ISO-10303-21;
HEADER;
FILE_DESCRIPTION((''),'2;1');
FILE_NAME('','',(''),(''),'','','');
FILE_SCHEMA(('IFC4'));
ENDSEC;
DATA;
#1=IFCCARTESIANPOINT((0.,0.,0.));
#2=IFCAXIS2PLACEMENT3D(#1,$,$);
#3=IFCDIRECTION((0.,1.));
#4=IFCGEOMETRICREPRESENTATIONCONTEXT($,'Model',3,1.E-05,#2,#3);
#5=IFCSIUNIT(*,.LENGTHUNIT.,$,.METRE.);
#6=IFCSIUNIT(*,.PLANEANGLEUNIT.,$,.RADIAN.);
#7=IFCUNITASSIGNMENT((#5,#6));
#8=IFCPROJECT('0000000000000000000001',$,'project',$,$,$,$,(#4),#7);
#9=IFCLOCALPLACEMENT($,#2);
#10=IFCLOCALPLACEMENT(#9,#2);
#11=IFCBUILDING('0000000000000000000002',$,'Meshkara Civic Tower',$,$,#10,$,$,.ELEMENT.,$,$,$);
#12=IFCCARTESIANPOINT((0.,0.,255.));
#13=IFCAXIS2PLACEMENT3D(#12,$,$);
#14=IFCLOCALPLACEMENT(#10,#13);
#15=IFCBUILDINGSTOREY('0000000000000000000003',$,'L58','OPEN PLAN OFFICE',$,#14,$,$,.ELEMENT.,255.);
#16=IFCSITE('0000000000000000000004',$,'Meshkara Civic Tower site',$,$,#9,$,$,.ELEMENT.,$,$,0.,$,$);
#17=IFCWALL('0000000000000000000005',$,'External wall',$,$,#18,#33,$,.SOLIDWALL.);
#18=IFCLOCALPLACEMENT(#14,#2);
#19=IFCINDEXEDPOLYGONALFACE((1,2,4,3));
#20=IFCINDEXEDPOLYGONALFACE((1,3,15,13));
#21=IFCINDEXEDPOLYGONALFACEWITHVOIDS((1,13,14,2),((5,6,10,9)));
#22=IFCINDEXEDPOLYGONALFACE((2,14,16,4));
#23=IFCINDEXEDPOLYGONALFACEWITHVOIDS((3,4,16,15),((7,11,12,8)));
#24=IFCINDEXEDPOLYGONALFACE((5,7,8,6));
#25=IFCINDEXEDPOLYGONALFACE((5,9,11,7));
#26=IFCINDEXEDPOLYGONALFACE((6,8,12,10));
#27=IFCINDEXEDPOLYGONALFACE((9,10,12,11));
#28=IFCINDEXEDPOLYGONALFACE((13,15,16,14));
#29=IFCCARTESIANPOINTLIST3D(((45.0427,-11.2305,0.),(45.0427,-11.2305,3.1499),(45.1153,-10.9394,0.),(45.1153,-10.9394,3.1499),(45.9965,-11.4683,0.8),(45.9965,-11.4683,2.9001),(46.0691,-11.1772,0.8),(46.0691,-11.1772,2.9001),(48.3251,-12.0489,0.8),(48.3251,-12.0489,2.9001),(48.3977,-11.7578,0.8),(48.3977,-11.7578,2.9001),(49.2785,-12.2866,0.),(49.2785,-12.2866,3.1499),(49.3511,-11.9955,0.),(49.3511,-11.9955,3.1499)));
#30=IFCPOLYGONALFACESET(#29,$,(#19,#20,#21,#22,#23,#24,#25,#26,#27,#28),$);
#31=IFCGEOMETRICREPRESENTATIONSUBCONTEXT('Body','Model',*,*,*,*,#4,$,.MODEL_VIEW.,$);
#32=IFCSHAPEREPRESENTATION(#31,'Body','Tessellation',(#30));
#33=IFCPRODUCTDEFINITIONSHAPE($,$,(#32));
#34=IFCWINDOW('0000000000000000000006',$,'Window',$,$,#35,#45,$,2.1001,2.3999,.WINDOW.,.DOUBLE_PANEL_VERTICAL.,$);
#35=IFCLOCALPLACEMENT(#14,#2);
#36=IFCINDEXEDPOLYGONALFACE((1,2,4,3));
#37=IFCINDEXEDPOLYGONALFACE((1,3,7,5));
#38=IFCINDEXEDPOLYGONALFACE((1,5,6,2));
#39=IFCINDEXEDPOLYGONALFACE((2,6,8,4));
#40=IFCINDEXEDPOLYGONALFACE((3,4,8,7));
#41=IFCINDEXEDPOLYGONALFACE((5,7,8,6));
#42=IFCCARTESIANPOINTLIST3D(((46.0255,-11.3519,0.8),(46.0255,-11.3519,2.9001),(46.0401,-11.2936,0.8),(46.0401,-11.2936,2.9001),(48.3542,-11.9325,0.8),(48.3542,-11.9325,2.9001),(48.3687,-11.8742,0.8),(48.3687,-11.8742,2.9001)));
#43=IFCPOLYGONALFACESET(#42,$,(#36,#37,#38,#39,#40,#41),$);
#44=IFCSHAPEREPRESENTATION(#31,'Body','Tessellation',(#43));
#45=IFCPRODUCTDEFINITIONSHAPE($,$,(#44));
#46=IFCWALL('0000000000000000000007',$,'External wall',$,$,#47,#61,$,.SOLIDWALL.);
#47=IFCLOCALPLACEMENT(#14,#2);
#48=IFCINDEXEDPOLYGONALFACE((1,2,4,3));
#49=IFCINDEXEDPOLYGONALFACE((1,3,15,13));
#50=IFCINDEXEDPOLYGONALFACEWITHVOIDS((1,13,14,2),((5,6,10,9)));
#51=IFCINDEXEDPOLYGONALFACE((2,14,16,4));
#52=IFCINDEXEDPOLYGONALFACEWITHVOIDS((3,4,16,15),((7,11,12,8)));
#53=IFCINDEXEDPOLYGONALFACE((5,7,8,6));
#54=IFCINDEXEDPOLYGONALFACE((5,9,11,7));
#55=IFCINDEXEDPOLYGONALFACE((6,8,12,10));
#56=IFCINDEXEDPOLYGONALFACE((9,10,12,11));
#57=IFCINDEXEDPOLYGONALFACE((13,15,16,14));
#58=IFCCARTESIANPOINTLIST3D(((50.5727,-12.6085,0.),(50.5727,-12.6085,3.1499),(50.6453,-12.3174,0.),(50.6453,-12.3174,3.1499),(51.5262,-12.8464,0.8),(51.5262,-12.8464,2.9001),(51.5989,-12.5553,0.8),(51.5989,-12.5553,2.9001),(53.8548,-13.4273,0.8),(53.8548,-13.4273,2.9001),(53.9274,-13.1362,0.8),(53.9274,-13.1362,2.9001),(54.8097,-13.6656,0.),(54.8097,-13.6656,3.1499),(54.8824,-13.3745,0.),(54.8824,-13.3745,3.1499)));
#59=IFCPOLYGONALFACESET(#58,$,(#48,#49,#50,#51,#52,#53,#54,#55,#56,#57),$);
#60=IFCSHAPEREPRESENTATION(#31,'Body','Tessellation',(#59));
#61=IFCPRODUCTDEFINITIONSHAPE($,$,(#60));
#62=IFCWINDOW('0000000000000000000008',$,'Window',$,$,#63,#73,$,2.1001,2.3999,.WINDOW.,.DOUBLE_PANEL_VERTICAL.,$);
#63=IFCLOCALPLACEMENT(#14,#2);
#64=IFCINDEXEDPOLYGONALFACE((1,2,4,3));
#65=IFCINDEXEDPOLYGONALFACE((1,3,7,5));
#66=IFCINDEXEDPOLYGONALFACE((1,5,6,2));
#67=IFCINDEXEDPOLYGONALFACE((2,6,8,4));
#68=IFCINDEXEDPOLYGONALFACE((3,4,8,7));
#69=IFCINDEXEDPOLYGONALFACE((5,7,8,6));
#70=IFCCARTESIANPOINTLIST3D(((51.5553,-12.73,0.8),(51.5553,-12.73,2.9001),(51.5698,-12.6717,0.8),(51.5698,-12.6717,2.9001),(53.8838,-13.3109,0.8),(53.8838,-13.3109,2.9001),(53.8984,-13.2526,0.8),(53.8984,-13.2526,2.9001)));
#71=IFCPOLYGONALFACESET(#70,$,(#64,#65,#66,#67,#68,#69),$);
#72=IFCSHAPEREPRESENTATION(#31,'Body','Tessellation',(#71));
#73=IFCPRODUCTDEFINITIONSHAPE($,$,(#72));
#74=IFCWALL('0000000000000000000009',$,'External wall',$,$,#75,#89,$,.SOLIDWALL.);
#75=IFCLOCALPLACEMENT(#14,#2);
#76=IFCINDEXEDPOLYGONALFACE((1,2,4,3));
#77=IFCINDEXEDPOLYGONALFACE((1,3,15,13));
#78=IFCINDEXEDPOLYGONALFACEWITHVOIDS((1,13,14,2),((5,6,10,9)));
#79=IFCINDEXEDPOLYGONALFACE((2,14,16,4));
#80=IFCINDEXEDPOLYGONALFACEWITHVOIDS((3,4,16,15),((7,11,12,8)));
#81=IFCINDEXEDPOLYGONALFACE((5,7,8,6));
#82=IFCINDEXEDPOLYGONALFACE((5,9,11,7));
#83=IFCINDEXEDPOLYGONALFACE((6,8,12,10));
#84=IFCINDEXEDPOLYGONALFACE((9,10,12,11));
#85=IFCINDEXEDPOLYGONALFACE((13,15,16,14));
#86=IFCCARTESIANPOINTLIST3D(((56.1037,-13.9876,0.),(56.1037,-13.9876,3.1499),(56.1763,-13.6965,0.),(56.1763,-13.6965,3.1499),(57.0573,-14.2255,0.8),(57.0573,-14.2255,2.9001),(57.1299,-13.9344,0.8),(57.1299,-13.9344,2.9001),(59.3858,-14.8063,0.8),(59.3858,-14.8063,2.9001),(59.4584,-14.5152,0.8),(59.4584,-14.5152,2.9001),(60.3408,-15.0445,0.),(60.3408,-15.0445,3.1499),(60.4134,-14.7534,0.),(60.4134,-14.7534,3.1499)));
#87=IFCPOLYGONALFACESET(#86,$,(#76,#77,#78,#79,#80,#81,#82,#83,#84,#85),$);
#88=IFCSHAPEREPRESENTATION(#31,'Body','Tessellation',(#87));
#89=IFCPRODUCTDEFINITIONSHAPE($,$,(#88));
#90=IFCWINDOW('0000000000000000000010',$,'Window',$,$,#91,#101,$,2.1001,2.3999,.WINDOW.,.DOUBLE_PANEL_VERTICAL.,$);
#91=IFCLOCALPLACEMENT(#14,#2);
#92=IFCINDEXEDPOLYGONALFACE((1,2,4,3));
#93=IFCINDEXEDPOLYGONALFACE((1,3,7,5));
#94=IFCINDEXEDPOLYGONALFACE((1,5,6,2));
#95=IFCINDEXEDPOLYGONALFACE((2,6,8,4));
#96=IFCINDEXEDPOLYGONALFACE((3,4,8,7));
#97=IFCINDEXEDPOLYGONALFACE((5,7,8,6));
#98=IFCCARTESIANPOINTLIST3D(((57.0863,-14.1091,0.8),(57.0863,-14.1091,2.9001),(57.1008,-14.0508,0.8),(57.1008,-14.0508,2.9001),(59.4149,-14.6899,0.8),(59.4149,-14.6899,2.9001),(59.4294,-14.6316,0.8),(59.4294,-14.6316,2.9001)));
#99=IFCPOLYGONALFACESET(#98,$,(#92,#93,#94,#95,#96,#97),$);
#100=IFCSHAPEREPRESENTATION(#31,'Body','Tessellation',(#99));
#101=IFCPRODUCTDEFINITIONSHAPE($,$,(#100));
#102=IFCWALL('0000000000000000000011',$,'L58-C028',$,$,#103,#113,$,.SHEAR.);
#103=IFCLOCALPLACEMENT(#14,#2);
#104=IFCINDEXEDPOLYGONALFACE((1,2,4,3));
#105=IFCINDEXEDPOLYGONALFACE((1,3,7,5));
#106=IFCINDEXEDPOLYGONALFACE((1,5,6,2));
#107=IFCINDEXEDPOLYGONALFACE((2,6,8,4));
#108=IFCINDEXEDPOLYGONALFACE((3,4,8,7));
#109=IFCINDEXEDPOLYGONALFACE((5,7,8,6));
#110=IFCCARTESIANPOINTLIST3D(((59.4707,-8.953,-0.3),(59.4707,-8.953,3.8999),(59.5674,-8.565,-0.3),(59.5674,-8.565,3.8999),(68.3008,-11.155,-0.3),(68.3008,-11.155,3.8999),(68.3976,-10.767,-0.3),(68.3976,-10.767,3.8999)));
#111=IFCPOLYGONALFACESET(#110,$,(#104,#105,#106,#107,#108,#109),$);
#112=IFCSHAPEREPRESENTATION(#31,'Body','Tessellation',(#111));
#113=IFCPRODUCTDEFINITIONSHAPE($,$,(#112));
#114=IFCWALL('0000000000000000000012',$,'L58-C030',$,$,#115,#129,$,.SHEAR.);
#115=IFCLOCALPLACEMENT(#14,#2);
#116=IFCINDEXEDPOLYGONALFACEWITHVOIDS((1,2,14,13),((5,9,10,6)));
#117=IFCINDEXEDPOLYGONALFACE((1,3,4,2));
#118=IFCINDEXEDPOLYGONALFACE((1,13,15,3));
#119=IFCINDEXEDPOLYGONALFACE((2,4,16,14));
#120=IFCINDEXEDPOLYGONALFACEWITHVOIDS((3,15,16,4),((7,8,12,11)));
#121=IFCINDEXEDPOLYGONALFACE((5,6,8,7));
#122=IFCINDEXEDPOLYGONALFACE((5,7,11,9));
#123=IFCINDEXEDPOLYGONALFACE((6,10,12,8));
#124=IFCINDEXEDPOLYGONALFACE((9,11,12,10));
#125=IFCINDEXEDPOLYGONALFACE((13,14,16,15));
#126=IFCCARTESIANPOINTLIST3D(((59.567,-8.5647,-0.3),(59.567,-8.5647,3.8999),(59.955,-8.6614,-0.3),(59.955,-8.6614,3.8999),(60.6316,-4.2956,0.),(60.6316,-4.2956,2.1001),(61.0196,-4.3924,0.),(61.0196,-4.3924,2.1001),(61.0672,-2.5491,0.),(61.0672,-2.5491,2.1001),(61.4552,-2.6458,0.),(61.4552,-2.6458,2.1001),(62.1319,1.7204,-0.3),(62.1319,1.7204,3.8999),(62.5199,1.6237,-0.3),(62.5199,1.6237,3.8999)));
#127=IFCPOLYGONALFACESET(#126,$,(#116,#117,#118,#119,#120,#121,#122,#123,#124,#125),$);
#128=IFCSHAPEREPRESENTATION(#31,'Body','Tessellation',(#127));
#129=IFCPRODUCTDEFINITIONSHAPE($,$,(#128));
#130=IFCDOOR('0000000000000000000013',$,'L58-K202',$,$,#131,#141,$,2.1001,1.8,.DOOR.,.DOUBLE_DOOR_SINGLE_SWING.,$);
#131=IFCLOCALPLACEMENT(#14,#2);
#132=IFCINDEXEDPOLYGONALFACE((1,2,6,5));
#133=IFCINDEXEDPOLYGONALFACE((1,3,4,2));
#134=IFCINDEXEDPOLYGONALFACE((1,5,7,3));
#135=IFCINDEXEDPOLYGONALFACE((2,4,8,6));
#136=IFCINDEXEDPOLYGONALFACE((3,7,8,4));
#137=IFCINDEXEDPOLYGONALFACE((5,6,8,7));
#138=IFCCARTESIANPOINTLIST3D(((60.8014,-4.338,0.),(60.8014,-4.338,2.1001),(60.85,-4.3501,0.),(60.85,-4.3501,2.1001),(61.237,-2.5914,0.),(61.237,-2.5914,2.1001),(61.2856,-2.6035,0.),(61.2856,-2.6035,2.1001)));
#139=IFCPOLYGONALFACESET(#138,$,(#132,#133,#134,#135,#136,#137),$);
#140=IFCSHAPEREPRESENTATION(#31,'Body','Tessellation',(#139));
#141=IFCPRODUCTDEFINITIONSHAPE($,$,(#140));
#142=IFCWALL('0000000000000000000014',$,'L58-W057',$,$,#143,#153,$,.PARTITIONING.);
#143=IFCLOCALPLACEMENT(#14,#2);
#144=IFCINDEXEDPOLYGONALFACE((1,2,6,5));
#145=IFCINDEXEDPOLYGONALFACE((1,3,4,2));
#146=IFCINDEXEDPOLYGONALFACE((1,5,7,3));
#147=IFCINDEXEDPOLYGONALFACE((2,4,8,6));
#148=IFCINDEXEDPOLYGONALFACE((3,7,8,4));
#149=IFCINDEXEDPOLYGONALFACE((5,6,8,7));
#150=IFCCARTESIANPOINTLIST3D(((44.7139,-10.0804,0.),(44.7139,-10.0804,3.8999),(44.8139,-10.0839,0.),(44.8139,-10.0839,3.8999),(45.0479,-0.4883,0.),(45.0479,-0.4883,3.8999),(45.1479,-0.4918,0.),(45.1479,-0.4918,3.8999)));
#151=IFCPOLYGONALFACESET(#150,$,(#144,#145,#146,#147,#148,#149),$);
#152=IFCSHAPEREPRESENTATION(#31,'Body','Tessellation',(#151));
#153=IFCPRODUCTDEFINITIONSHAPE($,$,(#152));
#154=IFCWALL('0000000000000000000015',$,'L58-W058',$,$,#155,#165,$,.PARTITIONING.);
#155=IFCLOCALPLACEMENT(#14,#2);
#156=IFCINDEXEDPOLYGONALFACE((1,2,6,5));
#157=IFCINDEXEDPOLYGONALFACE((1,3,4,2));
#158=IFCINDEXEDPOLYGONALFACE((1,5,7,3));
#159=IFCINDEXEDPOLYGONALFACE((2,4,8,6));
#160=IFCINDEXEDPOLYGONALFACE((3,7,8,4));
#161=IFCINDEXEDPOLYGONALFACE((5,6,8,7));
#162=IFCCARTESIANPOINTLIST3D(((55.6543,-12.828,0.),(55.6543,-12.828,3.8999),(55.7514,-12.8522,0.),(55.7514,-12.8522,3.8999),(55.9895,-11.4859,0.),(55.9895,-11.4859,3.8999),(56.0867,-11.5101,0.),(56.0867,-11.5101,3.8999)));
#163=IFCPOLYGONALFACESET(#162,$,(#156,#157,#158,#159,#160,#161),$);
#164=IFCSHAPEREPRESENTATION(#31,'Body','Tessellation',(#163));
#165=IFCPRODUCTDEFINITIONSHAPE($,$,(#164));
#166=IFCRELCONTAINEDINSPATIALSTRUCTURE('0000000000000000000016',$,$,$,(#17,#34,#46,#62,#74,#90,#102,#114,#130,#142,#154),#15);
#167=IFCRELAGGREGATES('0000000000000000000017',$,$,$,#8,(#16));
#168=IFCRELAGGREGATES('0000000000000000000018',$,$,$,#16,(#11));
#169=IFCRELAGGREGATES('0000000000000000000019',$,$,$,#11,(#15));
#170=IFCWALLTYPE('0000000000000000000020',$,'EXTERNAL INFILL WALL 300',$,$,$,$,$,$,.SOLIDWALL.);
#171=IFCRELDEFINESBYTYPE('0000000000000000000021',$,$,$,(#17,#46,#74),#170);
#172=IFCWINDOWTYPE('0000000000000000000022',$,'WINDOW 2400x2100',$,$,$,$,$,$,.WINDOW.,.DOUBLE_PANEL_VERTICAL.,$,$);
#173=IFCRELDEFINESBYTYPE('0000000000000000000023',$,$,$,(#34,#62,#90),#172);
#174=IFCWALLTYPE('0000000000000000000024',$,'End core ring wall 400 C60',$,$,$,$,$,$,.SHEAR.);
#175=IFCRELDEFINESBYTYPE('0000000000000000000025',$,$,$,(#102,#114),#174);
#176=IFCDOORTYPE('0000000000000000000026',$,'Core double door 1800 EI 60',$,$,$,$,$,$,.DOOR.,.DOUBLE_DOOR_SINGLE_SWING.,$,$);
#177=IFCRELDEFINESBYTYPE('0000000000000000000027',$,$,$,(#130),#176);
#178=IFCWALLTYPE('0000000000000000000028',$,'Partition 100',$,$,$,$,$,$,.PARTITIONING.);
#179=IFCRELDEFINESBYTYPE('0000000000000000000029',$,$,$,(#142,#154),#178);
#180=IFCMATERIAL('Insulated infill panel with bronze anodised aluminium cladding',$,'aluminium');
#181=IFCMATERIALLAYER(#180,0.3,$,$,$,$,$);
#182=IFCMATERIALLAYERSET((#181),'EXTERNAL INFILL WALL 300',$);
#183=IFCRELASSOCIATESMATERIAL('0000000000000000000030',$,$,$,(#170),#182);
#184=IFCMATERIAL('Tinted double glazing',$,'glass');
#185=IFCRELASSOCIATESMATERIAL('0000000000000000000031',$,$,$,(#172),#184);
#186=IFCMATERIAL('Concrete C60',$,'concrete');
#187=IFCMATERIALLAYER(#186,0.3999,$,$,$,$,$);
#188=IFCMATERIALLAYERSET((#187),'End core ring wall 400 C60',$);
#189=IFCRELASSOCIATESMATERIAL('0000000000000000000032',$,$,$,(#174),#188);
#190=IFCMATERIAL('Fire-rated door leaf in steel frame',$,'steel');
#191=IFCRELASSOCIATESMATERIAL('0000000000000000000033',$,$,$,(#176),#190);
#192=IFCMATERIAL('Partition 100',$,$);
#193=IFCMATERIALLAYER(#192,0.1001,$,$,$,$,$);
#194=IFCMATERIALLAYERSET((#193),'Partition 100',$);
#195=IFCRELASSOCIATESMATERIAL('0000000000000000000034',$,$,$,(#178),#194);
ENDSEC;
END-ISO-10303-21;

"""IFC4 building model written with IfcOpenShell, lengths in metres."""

from ifc_helpers import new_model, si_unit, direction, frame, frame_2d, origin, place, context, subcontext, project, spatial, rectangle, extrude, material, layer, layer_set, type_object, element, fill, save


model = new_model("IFC4")

# Units and contexts
model_context = context("Model", 3, precision=1e-05, world=origin(), true_north=direction((0.0, 1.0)))
body_context = subcontext(model_context, "Body", "Model", "MODEL_VIEW")
ifc_project = project(units=[si_unit("LENGTHUNIT", "METRE"), si_unit("PLANEANGLEUNIT", "RADIAN")], contexts=[model_context])

# Site, building, storey
site_placement = place(None, origin())
site = spatial("IfcSite", under=ifc_project, at=site_placement, Name="Meshkara Civic Tower site", CompositionType="ELEMENT", RefElevation=0.0)
building_placement = place(site_placement, origin())
building = spatial("IfcBuilding", under=site, at=building_placement, Name="Meshkara Civic Tower", CompositionType="ELEMENT")
storey_placement = place(building_placement, frame((0.0, 0.0, 255.0)))
storey = spatial("IfcBuildingStorey", under=building, at=storey_placement, Name="L58", Description="OPEN PLAN OFFICE", CompositionType="ELEMENT", Elevation=255.0)

# Walls, openings, windows
ifc_material_1 = material(Name="Insulated infill panel with bronze anodised aluminium cladding", Category="aluminium")
ifc_layer_1 = layer(ifc_material_1, 0.3)
ifc_layer_set_1 = layer_set([ifc_layer_1], Name="EXTERNAL INFILL WALL 300")
wall_type_1 = type_object("IfcWallType", Name="EXTERNAL INFILL WALL 300", PredefinedType="SOLIDWALL", material=ifc_layer_set_1)
wall_1_placement = place(storey_placement, frame((45.0791, -11.085, 0.0), z_axis=(0.0, 0.0, 1.0), x_axis=(0.970294, -0.24193, 0.0)))
wall_1 = element("IfcWall", 1, at=wall_1_placement, inside=storey, type_object=wall_type_1, Name="External wall", PredefinedType="SOLIDWALL", context=body_context, shape_type="SweptSolid", body=[
    extrude(rectangle(XDim=4.3655, YDim=0.3, at=frame_2d((2.1826, 0.0))), origin(), (0.0, 0.0, 1.0), 3.1499),
])
opening_1_placement = place(wall_1_placement, frame((0.9829, 0.0, 0.8)))
opening_1 = element("IfcOpeningElement", 2, at=opening_1_placement, cuts=wall_1, PredefinedType="OPENING", context=body_context, shape_type="SweptSolid", body=[
    extrude(rectangle(XDim=2.3999, YDim=2.1001, at=frame_2d((1.2, 1.05))), frame((0.0, 0.1599, 0.0), z_axis=(0.0, -1.0, 0.0), x_axis=(1.0, 0.0, 0.0)), (0.0, 0.0, 1.0), 0.3201),
])
ifc_material_2 = material(Name="Tinted double glazing", Category="glass")
window_type = type_object("IfcWindowType", Name="WINDOW 2400x2100", PartitioningType="DOUBLE_PANEL_VERTICAL", PredefinedType="WINDOW", material=ifc_material_2)
window_1_placement = place(opening_1_placement, origin())
window_1 = element("IfcWindow", 3, at=window_1_placement, inside=storey, type_object=window_type, Name="Window", OverallHeight=2.1001, OverallWidth=2.3999, PartitioningType="DOUBLE_PANEL_VERTICAL", PredefinedType="WINDOW", context=body_context, shape_type="SweptSolid", body=[
    extrude(rectangle(XDim=2.3999, YDim=2.1001, at=frame_2d((1.2, 1.05))), frame((0.0, 0.03, 0.0), z_axis=(0.0, -1.0, 0.0), x_axis=(1.0, 0.0, 0.0)), (0.0, 0.0, 1.0), 0.0601),
])
fill(opening_1, window_1)
wall_2_placement = place(storey_placement, frame((50.6089, -12.4629, 0.0), z_axis=(0.0, 0.0, 1.0), x_axis=(0.970257, -0.242075, 0.0)))
wall_2 = element("IfcWall", 4, at=wall_2_placement, inside=storey, type_object=wall_type_1, Name="External wall", PredefinedType="SOLIDWALL", context=body_context, shape_type="SweptSolid", body=[
    extrude(rectangle(XDim=4.3669, YDim=0.3, at=frame_2d((2.1836, 0.0))), origin(), (0.0, 0.0, 1.0), 3.1499),
])
opening_2_placement = place(wall_2_placement, frame((0.9829, 0.0, 0.8)))
opening_2 = element("IfcOpeningElement", 5, at=opening_2_placement, cuts=wall_2, PredefinedType="OPENING", context=body_context, shape_type="SweptSolid", body=[
    extrude(rectangle(XDim=2.3999, YDim=2.1001, at=frame_2d((1.2, 1.05))), frame((0.0, 0.1599, 0.0), z_axis=(0.0, -1.0, 0.0), x_axis=(1.0, 0.0, 0.0)), (0.0, 0.0, 1.0), 0.3201),
])
window_2_placement = place(opening_2_placement, origin())
window_2 = element("IfcWindow", 6, at=window_2_placement, inside=storey, type_object=window_type, Name="Window", OverallHeight=2.1001, OverallWidth=2.3999, PartitioningType="DOUBLE_PANEL_VERTICAL", PredefinedType="WINDOW", context=body_context, shape_type="SweptSolid", body=[
    extrude(rectangle(XDim=2.3999, YDim=2.1001, at=frame_2d((1.2, 1.05))), frame((0.0, 0.03, 0.0), z_axis=(0.0, -1.0, 0.0), x_axis=(1.0, 0.0, 0.0)), (0.0, 0.0, 1.0), 0.0601),
])
fill(opening_2, window_2)
wall_3_placement = place(storey_placement, frame((56.1399, -13.842, 0.0), z_axis=(0.0, 0.0, 1.0), x_axis=(0.970271, -0.242023, 0.0)))
wall_3 = element("IfcWall", 7, at=wall_3_placement, inside=storey, type_object=wall_type_1, Name="External wall", PredefinedType="SOLIDWALL", context=body_context, shape_type="SweptSolid", body=[
    extrude(rectangle(XDim=4.3669, YDim=0.3, at=frame_2d((2.1836, 0.0))), origin(), (0.0, 0.0, 1.0), 3.1499),
])
opening_3_placement = place(wall_3_placement, frame((0.9829, 0.0, 0.8)))
opening_3 = element("IfcOpeningElement", 8, at=opening_3_placement, cuts=wall_3, PredefinedType="OPENING", context=body_context, shape_type="SweptSolid", body=[
    extrude(rectangle(XDim=2.3999, YDim=2.1001, at=frame_2d((1.2, 1.05))), frame((0.0, 0.1599, 0.0), z_axis=(0.0, -1.0, 0.0), x_axis=(1.0, 0.0, 0.0)), (0.0, 0.0, 1.0), 0.3201),
])
window_3_placement = place(opening_3_placement, origin())
window_3 = element("IfcWindow", 9, at=window_3_placement, inside=storey, type_object=window_type, Name="Window", OverallHeight=2.1001, OverallWidth=2.3999, PartitioningType="DOUBLE_PANEL_VERTICAL", PredefinedType="WINDOW", context=body_context, shape_type="SweptSolid", body=[
    extrude(rectangle(XDim=2.3999, YDim=2.1001, at=frame_2d((1.2, 1.05))), frame((0.0, 0.03, 0.0), z_axis=(0.0, -1.0, 0.0), x_axis=(1.0, 0.0, 0.0)), (0.0, 0.0, 1.0), 0.0601),
])
fill(opening_3, window_3)

# Wall
ifc_material_3 = material(Name="Concrete C60", Category="concrete")
ifc_layer_2 = layer(ifc_material_3, 0.3999)
ifc_layer_set_2 = layer_set([ifc_layer_2], Name="End core ring wall 400 C60")
wall_type_2 = type_object("IfcWallType", Name="End core ring wall 400 C60", PredefinedType="SHEAR", material=ifc_layer_set_2)
wall_4_placement = place(storey_placement, frame((59.519, -8.759, -0.3), z_axis=(0.0, 0.0, 1.0), x_axis=(0.970288, -0.241955, 0.0)))
element("IfcWall", 10, at=wall_4_placement, inside=storey, type_object=wall_type_2, Name="L58-C028", PredefinedType="SHEAR", context=body_context, shape_type="SweptSolid", body=[
    extrude(rectangle(XDim=9.1006, YDim=0.3999, at=frame_2d((4.5503, 0.0))), origin(), (0.0, 0.0, 1.0), 4.2),
])

# Wall, opening, door
wall_5_placement = place(storey_placement, frame((59.761, -8.613, -0.3), z_axis=(0.0, 0.0, 1.0), x_axis=(0.241972, 0.970283, 0.0)))
wall_5 = element("IfcWall", 11, at=wall_5_placement, inside=storey, type_object=wall_type_2, Name="L58-C030", PredefinedType="SHEAR", context=body_context, shape_type="SweptSolid", body=[
    extrude(rectangle(XDim=10.6001, YDim=0.3999, at=frame_2d((5.3, 0.0))), origin(), (0.0, 0.0, 1.0), 4.2),
])
opening_4_placement = place(wall_5_placement, frame((4.3999, 0.0, 0.3)))
opening_4 = element("IfcOpeningElement", 12, at=opening_4_placement, cuts=wall_5, PredefinedType="OPENING", context=body_context, shape_type="SweptSolid", body=[
    extrude(rectangle(XDim=1.8, YDim=2.1001, at=frame_2d((0.8999, 1.05))), frame((0.0, 0.21, 0.0), z_axis=(0.0, -1.0, 0.0), x_axis=(1.0, 0.0, 0.0)), (0.0, 0.0, 1.0), 0.4199),
])
ifc_material_4 = material(Name="Fire-rated door leaf in steel frame", Category="steel")
door_type_1 = type_object("IfcDoorType", Name="Core double door 1800 EI 60", OperationType="DOUBLE_DOOR_SINGLE_SWING", PredefinedType="DOOR", material=ifc_material_4)
door_1_placement = place(opening_4_placement, origin())
door_1 = element("IfcDoor", 13, at=door_1_placement, inside=storey, type_object=door_type_1, Name="L58-K202", OperationType="DOUBLE_DOOR_SINGLE_SWING", OverallHeight=2.1001, OverallWidth=1.8, PredefinedType="DOOR", context=body_context, shape_type="SweptSolid", body=[
    extrude(rectangle(XDim=1.8, YDim=2.1001, at=frame_2d((0.8999, 1.05))), frame((0.0, 0.0249, 0.0), z_axis=(0.0, -1.0, 0.0), x_axis=(1.0, 0.0, 0.0)), (0.0, 0.0, 1.0), 0.05),
])
fill(opening_4, door_1)

# Walls
ifc_material_5 = material(Name="Partition 100")
ifc_layer_3 = layer(ifc_material_5, 0.1001)
ifc_layer_set_3 = layer_set([ifc_layer_3], Name="Partition 100")
wall_type_3 = type_object("IfcWallType", Name="Partition 100", PredefinedType="PARTITIONING", material=ifc_layer_set_3)
wall_6_placement = place(storey_placement, frame((44.7639, -10.082, 0.0), z_axis=(0.0, 0.0, 1.0), x_axis=(0.034798, 0.999394, 0.0)))
element("IfcWall", 14, at=wall_6_placement, inside=storey, type_object=wall_type_3, Name="L58-W057", PredefinedType="PARTITIONING", context=body_context, shape_type="SweptSolid", body=[
    extrude(rectangle(XDim=9.5979, YDim=0.1001, at=frame_2d((4.7988, 0.0))), origin(), (0.0, 0.0, 1.0), 3.8999),
])
wall_7_placement = place(storey_placement, frame((55.7029, -12.8401, 0.0), z_axis=(0.0, 0.0, 1.0), x_axis=(0.242328, 0.970194, 0.0)))
element("IfcWall", 15, at=wall_7_placement, inside=storey, type_object=wall_type_3, Name="L58-W058", PredefinedType="PARTITIONING", context=body_context, shape_type="SweptSolid", body=[
    extrude(rectangle(XDim=1.3833, YDim=0.1001, at=frame_2d((0.6917, 0.0))), origin(), (0.0, 0.0, 1.0), 3.8999),
])

save(model, "model.ifc")
